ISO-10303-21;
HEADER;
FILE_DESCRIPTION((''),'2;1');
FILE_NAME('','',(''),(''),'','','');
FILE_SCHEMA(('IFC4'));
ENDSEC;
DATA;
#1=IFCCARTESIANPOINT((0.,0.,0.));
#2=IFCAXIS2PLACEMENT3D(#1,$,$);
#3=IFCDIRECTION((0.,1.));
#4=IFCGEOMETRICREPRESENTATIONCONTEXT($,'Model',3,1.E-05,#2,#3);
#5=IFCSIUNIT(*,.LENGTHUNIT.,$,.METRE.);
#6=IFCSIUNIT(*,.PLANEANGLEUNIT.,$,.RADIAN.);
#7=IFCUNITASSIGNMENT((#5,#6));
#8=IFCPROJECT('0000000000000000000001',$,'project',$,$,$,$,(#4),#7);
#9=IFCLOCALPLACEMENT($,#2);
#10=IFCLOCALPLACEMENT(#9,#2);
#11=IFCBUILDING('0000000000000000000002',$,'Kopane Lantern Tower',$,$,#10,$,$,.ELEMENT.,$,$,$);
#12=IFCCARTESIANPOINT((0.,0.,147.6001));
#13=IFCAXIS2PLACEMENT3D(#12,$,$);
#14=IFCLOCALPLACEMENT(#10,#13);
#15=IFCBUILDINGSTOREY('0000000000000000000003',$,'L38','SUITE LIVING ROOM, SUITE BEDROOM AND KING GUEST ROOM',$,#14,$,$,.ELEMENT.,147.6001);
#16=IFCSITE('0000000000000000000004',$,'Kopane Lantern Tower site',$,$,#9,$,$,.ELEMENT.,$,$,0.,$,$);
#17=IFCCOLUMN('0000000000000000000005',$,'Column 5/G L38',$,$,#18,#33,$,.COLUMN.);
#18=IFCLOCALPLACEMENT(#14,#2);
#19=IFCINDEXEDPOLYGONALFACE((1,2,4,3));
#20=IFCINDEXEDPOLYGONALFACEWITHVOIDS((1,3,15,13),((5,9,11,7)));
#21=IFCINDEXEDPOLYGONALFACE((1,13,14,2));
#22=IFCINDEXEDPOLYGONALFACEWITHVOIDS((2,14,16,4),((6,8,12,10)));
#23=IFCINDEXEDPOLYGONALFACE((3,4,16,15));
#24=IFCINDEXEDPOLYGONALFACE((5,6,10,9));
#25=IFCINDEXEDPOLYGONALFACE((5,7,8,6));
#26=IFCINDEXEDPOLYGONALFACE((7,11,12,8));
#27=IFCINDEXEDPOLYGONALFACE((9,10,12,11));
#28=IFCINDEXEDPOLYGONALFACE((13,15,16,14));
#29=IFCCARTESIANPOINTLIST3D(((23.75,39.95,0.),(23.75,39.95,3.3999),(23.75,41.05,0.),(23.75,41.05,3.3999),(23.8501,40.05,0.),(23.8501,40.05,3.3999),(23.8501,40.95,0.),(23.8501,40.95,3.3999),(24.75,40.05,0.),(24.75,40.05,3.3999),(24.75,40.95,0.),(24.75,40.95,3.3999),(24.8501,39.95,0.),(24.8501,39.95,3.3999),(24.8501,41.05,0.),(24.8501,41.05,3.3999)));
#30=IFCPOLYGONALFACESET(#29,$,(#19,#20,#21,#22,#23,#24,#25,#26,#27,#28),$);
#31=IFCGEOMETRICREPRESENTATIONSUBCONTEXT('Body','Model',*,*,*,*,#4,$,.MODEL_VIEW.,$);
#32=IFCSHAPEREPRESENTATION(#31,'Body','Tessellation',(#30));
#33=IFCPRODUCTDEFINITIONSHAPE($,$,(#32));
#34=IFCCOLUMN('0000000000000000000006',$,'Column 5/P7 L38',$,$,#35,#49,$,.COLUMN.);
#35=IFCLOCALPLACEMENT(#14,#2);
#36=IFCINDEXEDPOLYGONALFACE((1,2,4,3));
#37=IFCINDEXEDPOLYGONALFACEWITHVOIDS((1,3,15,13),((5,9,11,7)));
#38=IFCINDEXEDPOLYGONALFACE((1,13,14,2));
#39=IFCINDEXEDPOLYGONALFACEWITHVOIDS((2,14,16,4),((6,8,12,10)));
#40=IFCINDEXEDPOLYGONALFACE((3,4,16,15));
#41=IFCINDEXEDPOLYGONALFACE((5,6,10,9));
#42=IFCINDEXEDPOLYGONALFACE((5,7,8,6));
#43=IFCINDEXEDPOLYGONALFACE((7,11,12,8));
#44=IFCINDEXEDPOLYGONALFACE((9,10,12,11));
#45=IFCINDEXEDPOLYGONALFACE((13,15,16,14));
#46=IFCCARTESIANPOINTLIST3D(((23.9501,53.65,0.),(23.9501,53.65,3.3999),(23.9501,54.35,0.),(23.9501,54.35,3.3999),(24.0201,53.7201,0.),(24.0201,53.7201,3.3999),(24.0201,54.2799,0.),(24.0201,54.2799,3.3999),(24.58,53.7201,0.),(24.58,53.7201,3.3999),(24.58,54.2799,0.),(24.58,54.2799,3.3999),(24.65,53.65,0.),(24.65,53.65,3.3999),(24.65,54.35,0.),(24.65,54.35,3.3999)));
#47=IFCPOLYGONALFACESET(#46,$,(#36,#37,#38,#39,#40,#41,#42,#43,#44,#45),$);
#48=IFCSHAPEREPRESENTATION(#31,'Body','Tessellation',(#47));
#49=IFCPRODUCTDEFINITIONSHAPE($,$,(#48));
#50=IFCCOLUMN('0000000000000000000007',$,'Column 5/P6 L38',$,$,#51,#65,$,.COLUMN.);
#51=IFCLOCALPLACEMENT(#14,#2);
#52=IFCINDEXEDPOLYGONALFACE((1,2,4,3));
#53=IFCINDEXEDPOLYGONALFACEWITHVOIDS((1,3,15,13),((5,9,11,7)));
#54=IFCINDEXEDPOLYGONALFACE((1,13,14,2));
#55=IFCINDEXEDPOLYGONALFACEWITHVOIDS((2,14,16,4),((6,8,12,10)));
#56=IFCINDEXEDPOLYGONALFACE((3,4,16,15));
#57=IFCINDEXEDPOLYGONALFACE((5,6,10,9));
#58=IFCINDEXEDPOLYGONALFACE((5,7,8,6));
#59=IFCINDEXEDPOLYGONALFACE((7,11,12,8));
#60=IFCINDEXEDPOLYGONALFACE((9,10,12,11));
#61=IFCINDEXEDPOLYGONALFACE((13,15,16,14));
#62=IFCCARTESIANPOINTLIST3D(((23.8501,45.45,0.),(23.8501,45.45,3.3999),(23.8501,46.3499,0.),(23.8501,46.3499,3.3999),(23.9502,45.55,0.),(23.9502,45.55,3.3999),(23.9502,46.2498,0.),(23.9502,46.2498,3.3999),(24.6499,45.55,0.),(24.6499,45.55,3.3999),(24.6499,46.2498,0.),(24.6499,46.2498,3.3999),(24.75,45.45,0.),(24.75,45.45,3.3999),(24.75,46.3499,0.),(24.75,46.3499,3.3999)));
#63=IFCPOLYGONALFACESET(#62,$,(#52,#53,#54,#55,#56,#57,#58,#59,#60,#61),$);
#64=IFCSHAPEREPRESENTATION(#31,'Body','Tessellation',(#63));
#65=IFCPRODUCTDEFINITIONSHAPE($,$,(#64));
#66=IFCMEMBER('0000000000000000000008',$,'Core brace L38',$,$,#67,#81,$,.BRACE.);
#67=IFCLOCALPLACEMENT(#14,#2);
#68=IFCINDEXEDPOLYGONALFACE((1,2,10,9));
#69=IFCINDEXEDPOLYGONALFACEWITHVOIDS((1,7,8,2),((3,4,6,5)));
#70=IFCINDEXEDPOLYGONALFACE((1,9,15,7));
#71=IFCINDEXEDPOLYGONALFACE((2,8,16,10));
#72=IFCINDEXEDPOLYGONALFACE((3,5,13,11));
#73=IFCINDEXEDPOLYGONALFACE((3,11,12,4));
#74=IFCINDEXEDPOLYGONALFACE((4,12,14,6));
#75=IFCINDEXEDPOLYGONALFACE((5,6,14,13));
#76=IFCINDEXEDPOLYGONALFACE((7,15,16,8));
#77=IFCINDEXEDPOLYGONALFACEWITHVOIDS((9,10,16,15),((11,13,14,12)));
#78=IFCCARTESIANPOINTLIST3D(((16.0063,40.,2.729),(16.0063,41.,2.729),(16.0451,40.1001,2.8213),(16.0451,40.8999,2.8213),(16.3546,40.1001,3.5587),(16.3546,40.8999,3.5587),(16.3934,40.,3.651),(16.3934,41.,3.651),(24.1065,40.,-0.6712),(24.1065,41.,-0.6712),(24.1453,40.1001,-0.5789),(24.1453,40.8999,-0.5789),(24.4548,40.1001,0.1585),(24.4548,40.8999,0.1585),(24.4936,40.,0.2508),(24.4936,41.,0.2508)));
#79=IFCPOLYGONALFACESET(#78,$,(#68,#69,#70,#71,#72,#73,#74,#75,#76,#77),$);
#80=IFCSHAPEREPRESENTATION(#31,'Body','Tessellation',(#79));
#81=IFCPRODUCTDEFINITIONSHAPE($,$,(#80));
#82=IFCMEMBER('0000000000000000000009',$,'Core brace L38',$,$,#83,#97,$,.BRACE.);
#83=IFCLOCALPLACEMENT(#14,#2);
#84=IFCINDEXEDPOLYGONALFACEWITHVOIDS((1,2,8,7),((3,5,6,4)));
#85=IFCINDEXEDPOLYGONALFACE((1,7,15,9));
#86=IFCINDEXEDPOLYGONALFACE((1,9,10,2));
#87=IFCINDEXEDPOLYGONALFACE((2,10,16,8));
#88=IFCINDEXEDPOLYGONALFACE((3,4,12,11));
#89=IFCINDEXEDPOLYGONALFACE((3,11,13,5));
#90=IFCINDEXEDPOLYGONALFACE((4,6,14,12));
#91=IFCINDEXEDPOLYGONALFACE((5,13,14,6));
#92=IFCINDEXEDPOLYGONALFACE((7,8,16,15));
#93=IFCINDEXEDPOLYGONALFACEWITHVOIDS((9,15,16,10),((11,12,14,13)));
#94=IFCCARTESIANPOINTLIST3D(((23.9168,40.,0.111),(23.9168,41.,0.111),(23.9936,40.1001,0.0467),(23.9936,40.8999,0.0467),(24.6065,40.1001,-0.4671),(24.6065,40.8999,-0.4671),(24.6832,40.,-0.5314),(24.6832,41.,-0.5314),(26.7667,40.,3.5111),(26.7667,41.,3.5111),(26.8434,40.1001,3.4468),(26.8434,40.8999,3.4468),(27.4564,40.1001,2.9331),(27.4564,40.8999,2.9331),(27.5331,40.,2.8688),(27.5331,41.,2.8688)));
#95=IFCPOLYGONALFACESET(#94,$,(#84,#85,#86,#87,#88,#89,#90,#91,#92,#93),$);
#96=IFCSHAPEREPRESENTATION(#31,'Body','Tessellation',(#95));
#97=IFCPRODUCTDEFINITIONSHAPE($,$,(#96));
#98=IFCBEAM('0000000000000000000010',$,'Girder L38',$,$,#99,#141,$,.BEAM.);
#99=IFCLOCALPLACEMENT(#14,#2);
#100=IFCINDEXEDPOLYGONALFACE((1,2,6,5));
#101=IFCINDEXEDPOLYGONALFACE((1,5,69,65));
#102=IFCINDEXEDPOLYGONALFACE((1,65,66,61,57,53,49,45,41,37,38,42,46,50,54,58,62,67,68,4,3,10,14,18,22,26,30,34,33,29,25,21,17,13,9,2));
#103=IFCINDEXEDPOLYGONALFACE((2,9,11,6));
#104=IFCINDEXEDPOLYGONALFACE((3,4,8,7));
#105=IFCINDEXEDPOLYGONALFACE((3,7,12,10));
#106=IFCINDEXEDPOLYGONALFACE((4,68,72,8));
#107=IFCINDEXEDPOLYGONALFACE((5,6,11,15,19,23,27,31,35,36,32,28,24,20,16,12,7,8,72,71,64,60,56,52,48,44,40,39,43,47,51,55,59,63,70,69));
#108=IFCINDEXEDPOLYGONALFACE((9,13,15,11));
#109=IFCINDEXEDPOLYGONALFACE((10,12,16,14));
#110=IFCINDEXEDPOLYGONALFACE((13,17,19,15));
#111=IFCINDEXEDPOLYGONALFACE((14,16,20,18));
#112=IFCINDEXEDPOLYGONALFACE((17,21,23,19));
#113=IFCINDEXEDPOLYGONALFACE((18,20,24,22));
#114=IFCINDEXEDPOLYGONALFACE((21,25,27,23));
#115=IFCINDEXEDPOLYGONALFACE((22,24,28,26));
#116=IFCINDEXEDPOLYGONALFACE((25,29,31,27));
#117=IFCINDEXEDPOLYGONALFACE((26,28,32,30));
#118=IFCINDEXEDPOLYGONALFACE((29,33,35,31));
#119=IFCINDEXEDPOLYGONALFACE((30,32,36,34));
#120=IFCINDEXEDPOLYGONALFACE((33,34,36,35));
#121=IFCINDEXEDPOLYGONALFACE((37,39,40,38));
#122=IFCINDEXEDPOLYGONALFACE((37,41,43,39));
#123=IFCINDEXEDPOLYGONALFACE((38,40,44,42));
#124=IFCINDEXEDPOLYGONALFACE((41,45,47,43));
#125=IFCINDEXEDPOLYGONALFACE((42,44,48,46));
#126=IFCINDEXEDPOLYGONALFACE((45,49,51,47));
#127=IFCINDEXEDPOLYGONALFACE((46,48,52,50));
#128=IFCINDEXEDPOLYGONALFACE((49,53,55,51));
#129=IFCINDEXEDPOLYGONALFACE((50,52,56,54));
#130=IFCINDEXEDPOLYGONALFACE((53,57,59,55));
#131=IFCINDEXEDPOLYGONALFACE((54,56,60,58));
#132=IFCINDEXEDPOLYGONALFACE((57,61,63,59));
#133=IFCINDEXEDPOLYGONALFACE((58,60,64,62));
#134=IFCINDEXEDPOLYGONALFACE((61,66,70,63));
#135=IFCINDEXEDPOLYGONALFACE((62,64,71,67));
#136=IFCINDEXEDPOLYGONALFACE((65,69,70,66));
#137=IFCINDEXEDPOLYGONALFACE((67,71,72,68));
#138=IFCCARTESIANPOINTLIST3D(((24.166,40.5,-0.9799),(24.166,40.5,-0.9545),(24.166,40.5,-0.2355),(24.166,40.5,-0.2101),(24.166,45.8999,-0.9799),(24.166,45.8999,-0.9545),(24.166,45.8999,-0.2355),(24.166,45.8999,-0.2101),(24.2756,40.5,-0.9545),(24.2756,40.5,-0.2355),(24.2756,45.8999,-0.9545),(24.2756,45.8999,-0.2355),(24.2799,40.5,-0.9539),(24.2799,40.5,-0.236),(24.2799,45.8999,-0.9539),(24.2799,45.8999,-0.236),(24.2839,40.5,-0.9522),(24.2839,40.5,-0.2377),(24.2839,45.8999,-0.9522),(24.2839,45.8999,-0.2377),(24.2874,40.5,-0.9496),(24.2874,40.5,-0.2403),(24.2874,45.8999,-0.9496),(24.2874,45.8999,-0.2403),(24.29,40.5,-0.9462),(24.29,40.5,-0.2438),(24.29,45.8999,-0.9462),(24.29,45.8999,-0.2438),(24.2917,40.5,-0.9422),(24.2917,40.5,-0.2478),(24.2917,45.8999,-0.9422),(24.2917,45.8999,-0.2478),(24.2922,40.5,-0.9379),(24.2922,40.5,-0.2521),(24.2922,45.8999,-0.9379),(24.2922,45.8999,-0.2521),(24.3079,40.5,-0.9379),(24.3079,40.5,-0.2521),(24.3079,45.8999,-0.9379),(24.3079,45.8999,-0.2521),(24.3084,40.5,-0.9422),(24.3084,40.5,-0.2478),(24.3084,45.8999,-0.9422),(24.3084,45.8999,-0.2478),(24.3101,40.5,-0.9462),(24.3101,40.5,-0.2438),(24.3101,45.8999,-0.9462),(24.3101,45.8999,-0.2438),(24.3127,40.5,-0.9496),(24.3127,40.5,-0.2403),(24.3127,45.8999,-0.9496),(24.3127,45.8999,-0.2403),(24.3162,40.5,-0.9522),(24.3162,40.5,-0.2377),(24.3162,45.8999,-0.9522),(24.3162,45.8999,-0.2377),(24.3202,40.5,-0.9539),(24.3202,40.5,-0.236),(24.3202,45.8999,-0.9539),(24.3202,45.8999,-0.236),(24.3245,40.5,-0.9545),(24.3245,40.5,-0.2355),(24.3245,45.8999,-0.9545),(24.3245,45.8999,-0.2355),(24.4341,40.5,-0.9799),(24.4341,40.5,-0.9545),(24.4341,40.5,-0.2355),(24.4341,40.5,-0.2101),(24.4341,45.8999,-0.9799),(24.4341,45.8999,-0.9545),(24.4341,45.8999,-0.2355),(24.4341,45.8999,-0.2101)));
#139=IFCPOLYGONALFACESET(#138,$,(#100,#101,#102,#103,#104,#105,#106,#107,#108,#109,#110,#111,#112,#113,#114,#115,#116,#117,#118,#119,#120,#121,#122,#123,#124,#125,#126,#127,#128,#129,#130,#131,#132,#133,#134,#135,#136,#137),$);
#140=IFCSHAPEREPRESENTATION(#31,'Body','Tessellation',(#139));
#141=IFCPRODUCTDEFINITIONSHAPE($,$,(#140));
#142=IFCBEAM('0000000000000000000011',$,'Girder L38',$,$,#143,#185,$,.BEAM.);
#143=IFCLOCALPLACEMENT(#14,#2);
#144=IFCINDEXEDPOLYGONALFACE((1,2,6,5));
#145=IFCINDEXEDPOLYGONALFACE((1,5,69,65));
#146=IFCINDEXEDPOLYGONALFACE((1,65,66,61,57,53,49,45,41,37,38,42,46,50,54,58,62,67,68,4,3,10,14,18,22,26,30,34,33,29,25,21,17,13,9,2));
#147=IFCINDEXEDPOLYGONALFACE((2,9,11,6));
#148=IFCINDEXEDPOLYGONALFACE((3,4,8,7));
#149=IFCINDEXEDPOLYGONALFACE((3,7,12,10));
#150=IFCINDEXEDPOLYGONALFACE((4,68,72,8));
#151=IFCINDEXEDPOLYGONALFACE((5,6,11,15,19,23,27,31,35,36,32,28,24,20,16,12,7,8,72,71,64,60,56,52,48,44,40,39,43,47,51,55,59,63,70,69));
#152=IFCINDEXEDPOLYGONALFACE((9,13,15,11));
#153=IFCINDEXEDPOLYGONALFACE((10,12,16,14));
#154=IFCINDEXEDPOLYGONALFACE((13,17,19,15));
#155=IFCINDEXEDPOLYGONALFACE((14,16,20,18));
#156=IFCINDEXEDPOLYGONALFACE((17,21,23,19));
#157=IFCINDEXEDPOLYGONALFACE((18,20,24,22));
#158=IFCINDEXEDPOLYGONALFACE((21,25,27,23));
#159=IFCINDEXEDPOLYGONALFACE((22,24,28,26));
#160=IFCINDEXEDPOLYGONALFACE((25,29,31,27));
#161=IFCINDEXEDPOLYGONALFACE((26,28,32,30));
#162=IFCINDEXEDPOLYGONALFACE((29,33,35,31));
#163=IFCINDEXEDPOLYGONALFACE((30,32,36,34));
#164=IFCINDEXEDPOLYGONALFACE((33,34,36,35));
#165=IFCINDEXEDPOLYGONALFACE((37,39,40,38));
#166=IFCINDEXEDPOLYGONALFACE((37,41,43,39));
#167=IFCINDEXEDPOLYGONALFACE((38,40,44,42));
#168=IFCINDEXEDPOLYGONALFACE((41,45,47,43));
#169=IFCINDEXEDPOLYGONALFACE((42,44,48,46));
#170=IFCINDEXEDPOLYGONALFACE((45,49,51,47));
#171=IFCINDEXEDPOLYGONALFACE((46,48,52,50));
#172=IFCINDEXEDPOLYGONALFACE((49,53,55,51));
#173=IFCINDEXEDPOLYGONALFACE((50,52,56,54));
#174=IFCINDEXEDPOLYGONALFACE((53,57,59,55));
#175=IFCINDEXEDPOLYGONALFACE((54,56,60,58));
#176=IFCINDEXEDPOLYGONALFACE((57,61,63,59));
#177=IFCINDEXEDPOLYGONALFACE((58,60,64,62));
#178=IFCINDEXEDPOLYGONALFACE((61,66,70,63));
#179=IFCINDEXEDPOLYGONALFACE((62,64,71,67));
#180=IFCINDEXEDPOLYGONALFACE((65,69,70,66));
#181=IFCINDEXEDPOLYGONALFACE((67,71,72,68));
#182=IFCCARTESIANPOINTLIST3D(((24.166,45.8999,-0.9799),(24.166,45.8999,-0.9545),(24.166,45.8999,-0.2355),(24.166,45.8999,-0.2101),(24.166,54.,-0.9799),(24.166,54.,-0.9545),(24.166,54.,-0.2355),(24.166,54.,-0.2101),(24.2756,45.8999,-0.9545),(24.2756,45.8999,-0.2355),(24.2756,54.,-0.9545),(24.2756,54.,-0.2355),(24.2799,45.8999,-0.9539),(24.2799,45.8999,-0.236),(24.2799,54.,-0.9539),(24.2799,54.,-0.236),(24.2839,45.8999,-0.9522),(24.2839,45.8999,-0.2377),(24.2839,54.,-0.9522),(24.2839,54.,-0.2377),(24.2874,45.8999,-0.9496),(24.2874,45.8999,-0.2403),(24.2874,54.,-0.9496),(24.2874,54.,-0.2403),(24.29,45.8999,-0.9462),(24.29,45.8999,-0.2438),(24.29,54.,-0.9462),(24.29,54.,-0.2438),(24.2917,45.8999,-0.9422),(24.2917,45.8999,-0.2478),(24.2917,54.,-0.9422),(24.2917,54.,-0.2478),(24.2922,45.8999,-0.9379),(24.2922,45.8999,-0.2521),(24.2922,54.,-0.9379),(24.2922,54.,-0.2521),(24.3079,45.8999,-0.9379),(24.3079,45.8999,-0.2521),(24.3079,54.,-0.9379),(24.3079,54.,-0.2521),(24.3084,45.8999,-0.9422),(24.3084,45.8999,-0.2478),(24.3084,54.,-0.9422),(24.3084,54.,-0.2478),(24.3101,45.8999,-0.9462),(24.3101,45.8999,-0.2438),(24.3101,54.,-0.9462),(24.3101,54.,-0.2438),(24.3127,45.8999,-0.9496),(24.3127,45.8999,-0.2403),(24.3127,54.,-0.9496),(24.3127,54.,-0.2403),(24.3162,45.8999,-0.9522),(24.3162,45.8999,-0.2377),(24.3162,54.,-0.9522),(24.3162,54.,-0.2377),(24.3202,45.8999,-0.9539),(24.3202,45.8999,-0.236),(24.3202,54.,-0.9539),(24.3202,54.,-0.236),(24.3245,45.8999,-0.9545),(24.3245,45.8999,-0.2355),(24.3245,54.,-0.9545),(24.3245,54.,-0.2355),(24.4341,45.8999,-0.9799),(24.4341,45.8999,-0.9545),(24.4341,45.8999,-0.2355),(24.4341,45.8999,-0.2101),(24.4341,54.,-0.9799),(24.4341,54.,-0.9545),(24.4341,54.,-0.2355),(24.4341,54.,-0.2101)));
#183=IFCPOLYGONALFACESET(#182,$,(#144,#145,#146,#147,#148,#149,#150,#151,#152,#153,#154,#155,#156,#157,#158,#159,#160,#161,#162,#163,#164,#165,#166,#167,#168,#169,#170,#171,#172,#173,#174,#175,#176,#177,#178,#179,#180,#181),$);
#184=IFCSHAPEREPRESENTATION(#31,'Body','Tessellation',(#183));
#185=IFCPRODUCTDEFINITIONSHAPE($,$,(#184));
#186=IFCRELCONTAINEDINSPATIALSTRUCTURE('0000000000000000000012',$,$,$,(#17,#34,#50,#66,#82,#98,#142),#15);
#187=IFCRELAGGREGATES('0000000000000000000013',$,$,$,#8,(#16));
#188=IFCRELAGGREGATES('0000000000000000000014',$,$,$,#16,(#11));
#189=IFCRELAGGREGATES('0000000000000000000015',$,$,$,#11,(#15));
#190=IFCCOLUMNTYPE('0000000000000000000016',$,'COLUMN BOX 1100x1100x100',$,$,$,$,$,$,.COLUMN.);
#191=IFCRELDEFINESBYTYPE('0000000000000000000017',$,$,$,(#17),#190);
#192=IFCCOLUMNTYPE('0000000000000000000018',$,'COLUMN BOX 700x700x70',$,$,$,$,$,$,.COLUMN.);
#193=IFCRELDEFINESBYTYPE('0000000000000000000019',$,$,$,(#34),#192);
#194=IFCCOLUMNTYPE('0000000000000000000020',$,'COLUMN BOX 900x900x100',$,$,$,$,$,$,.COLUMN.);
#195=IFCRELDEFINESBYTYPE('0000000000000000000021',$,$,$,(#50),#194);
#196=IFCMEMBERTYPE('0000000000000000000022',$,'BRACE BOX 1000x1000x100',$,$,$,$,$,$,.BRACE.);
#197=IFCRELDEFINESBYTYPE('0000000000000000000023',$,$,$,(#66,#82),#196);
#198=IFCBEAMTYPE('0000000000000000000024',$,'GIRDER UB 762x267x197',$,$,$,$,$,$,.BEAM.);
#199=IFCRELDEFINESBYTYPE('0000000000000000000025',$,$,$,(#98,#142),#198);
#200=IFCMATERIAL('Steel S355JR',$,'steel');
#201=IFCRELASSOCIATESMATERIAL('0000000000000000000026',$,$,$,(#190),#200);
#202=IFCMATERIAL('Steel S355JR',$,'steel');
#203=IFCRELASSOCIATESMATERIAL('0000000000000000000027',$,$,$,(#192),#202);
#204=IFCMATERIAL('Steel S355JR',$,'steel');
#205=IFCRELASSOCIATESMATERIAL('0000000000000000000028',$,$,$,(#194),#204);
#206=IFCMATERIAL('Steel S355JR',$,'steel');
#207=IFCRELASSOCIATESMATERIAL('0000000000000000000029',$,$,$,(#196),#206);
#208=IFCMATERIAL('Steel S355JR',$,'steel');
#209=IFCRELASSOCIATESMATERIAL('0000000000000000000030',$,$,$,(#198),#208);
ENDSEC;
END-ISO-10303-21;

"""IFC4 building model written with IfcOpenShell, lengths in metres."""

from ifc_helpers import new_model, si_unit, direction, frame, origin, origin_2d, place, context, subcontext, project, spatial, hollow_rectangle, i_section, extrude, material, material_profile, profile_set, type_object, element, save


model = new_model("IFC4")

# Units and contexts
model_context = context("Model", 3, precision=1e-05, world=origin(), true_north=direction((0.0, 1.0)))
body_context = subcontext(model_context, "Body", "Model", "MODEL_VIEW")
ifc_project = project(units=[si_unit("LENGTHUNIT", "METRE"), si_unit("PLANEANGLEUNIT", "RADIAN")], contexts=[model_context])

# Site, building, storey
site_placement = place(None, origin())
site = spatial("IfcSite", under=ifc_project, at=site_placement, Name="Kopane Lantern Tower site", CompositionType="ELEMENT", RefElevation=0.0)
building_placement = place(site_placement, origin())
building = spatial("IfcBuilding", under=site, at=building_placement, Name="Kopane Lantern Tower", CompositionType="ELEMENT")
storey_placement = place(building_placement, frame((0.0, 0.0, 147.6001)))
storey = spatial("IfcBuildingStorey", under=building, at=storey_placement, Name="L38", Description="SUITE LIVING ROOM, SUITE BEDROOM AND KING GUEST ROOM", CompositionType="ELEMENT", Elevation=147.6001)

# Columns
ifc_material_1 = material(Name="Steel S355JR", Category="steel")
ifc_material_profile_1 = material_profile(ifc_material_1, hollow_rectangle(XDim=1.1001, YDim=1.1001, WallThickness=0.1001, at=origin_2d()), Name="BOX 1100x1100x100")
ifc_profile_set_1 = profile_set([ifc_material_profile_1], Name="Steel S355JR")
column_type_1 = type_object("IfcColumnType", Name="COLUMN BOX 1100x1100x100", PredefinedType="COLUMN", material=ifc_profile_set_1)
column_1_placement = place(storey_placement, frame((24.3, 40.5, 0.0), z_axis=(0.0, 0.0, 1.0), x_axis=(1.0, 0.0, 0.0)))
element("IfcColumn", 1, at=column_1_placement, inside=storey, type_object=column_type_1, Name="Column 5/G L38", PredefinedType="COLUMN", context=body_context, shape_type="SweptSolid", body=[
    extrude(hollow_rectangle(XDim=1.1001, YDim=1.1001, WallThickness=0.1001, at=origin_2d()), origin(), (0.0, 0.0, 1.0), 3.3999),
])
ifc_material_2 = material(Name="Steel S355JR", Category="steel")
ifc_material_profile_2 = material_profile(ifc_material_2, hollow_rectangle(XDim=0.7, YDim=0.7, WallThickness=0.0701, at=origin_2d()), Name="BOX 700x700x70")
ifc_profile_set_2 = profile_set([ifc_material_profile_2], Name="Steel S355JR")
column_type_2 = type_object("IfcColumnType", Name="COLUMN BOX 700x700x70", PredefinedType="COLUMN", material=ifc_profile_set_2)
column_2_placement = place(storey_placement, frame((24.3, 54.0, 0.0), z_axis=(0.0, 0.0, 1.0), x_axis=(1.0, 0.0, 0.0)))
element("IfcColumn", 2, at=column_2_placement, inside=storey, type_object=column_type_2, Name="Column 5/P7 L38", PredefinedType="COLUMN", context=body_context, shape_type="SweptSolid", body=[
    extrude(hollow_rectangle(XDim=0.7, YDim=0.7, WallThickness=0.0701, at=origin_2d()), origin(), (0.0, 0.0, 1.0), 3.3999),
])
ifc_material_3 = material(Name="Steel S355JR", Category="steel")
ifc_material_profile_3 = material_profile(ifc_material_3, hollow_rectangle(XDim=0.8999, YDim=0.8999, WallThickness=0.1001, at=origin_2d()), Name="BOX 900x900x100")
ifc_profile_set_3 = profile_set([ifc_material_profile_3], Name="Steel S355JR")
column_type_3 = type_object("IfcColumnType", Name="COLUMN BOX 900x900x100", PredefinedType="COLUMN", material=ifc_profile_set_3)
column_3_placement = place(storey_placement, frame((24.3, 45.8999, 0.0), z_axis=(0.0, 0.0, 1.0), x_axis=(1.0, 0.0, 0.0)))
element("IfcColumn", 3, at=column_3_placement, inside=storey, type_object=column_type_3, Name="Column 5/P6 L38", PredefinedType="COLUMN", context=body_context, shape_type="SweptSolid", body=[
    extrude(hollow_rectangle(XDim=0.8999, YDim=0.8999, WallThickness=0.1001, at=origin_2d()), origin(), (0.0, 0.0, 1.0), 3.3999),
])

# Members
ifc_material_4 = material(Name="Steel S355JR", Category="steel")
ifc_material_profile_4 = material_profile(ifc_material_4, hollow_rectangle(XDim=1.0, YDim=1.0, WallThickness=0.1001, at=origin_2d()), Name="BOX 1000x1000x100")
ifc_profile_set_4 = profile_set([ifc_material_profile_4], Name="Steel S355JR")
member_type = type_object("IfcMemberType", Name="BRACE BOX 1000x1000x100", PredefinedType="BRACE", material=ifc_profile_set_4)
member_1_placement = place(storey_placement, frame((24.3, 40.5, -0.2102), z_axis=(-0.922059, 0.0, 0.387049), x_axis=(0.0, -1.0, 0.0)))
element("IfcMember", 4, at=member_1_placement, inside=storey, type_object=member_type, Name="Core brace L38", PredefinedType="BRACE", context=body_context, shape_type="SweptSolid", body=[
    extrude(hollow_rectangle(XDim=1.0, YDim=1.0, WallThickness=0.1001, at=origin_2d()), origin(), (0.0, 0.0, 1.0), 8.7849),
])
member_2_placement = place(storey_placement, frame((24.3, 40.5, -0.2102), z_axis=(0.642363, 0.0, 0.7664), x_axis=(0.0, 1.0, 0.0)))
element("IfcMember", 5, at=member_2_placement, inside=storey, type_object=member_type, Name="Core brace L38", PredefinedType="BRACE", context=body_context, shape_type="SweptSolid", body=[
    extrude(hollow_rectangle(XDim=1.0, YDim=1.0, WallThickness=0.1001, at=origin_2d()), origin(), (0.0, 0.0, 1.0), 4.4365),
])

# Beams
ifc_material_5 = material(Name="Steel S355JR", Category="steel")
ifc_material_profile_5 = material_profile(ifc_material_5, i_section(OverallWidth=0.2681, OverallDepth=0.7698, WebThickness=0.0156, FlangeThickness=0.0254, FilletRadius=0.0166, at=origin_2d()), Name="UB 762x267x197")
ifc_profile_set_5 = profile_set([ifc_material_profile_5], Name="Steel S355JR")
beam_type_1 = type_object("IfcBeamType", Name="GIRDER UB 762x267x197", PredefinedType="BEAM", material=ifc_profile_set_5)
beam_1_placement = place(storey_placement, frame((24.3, 40.5, -0.595), z_axis=(0.0, 1.0, 0.0), x_axis=(-1.0, 0.0, 0.0)))
element("IfcBeam", 6, at=beam_1_placement, inside=storey, type_object=beam_type_1, Name="Girder L38", PredefinedType="BEAM", context=body_context, shape_type="SweptSolid", body=[
    extrude(i_section(OverallWidth=0.2681, OverallDepth=0.7698, WebThickness=0.0156, FlangeThickness=0.0254, FilletRadius=0.0166, at=origin_2d()), origin(), (0.0, 0.0, 1.0), 5.3999),
])
beam_2_placement = place(storey_placement, frame((24.3, 45.8999, -0.595), z_axis=(0.0, 1.0, 0.0), x_axis=(-1.0, 0.0, 0.0)))
element("IfcBeam", 7, at=beam_2_placement, inside=storey, type_object=beam_type_1, Name="Girder L38", PredefinedType="BEAM", context=body_context, shape_type="SweptSolid", body=[
    extrude(i_section(OverallWidth=0.2681, OverallDepth=0.7698, WebThickness=0.0156, FlangeThickness=0.0254, FilletRadius=0.0166, at=origin_2d()), origin(), (0.0, 0.0, 1.0), 8.1001),
])

save(model, "model.ifc")
